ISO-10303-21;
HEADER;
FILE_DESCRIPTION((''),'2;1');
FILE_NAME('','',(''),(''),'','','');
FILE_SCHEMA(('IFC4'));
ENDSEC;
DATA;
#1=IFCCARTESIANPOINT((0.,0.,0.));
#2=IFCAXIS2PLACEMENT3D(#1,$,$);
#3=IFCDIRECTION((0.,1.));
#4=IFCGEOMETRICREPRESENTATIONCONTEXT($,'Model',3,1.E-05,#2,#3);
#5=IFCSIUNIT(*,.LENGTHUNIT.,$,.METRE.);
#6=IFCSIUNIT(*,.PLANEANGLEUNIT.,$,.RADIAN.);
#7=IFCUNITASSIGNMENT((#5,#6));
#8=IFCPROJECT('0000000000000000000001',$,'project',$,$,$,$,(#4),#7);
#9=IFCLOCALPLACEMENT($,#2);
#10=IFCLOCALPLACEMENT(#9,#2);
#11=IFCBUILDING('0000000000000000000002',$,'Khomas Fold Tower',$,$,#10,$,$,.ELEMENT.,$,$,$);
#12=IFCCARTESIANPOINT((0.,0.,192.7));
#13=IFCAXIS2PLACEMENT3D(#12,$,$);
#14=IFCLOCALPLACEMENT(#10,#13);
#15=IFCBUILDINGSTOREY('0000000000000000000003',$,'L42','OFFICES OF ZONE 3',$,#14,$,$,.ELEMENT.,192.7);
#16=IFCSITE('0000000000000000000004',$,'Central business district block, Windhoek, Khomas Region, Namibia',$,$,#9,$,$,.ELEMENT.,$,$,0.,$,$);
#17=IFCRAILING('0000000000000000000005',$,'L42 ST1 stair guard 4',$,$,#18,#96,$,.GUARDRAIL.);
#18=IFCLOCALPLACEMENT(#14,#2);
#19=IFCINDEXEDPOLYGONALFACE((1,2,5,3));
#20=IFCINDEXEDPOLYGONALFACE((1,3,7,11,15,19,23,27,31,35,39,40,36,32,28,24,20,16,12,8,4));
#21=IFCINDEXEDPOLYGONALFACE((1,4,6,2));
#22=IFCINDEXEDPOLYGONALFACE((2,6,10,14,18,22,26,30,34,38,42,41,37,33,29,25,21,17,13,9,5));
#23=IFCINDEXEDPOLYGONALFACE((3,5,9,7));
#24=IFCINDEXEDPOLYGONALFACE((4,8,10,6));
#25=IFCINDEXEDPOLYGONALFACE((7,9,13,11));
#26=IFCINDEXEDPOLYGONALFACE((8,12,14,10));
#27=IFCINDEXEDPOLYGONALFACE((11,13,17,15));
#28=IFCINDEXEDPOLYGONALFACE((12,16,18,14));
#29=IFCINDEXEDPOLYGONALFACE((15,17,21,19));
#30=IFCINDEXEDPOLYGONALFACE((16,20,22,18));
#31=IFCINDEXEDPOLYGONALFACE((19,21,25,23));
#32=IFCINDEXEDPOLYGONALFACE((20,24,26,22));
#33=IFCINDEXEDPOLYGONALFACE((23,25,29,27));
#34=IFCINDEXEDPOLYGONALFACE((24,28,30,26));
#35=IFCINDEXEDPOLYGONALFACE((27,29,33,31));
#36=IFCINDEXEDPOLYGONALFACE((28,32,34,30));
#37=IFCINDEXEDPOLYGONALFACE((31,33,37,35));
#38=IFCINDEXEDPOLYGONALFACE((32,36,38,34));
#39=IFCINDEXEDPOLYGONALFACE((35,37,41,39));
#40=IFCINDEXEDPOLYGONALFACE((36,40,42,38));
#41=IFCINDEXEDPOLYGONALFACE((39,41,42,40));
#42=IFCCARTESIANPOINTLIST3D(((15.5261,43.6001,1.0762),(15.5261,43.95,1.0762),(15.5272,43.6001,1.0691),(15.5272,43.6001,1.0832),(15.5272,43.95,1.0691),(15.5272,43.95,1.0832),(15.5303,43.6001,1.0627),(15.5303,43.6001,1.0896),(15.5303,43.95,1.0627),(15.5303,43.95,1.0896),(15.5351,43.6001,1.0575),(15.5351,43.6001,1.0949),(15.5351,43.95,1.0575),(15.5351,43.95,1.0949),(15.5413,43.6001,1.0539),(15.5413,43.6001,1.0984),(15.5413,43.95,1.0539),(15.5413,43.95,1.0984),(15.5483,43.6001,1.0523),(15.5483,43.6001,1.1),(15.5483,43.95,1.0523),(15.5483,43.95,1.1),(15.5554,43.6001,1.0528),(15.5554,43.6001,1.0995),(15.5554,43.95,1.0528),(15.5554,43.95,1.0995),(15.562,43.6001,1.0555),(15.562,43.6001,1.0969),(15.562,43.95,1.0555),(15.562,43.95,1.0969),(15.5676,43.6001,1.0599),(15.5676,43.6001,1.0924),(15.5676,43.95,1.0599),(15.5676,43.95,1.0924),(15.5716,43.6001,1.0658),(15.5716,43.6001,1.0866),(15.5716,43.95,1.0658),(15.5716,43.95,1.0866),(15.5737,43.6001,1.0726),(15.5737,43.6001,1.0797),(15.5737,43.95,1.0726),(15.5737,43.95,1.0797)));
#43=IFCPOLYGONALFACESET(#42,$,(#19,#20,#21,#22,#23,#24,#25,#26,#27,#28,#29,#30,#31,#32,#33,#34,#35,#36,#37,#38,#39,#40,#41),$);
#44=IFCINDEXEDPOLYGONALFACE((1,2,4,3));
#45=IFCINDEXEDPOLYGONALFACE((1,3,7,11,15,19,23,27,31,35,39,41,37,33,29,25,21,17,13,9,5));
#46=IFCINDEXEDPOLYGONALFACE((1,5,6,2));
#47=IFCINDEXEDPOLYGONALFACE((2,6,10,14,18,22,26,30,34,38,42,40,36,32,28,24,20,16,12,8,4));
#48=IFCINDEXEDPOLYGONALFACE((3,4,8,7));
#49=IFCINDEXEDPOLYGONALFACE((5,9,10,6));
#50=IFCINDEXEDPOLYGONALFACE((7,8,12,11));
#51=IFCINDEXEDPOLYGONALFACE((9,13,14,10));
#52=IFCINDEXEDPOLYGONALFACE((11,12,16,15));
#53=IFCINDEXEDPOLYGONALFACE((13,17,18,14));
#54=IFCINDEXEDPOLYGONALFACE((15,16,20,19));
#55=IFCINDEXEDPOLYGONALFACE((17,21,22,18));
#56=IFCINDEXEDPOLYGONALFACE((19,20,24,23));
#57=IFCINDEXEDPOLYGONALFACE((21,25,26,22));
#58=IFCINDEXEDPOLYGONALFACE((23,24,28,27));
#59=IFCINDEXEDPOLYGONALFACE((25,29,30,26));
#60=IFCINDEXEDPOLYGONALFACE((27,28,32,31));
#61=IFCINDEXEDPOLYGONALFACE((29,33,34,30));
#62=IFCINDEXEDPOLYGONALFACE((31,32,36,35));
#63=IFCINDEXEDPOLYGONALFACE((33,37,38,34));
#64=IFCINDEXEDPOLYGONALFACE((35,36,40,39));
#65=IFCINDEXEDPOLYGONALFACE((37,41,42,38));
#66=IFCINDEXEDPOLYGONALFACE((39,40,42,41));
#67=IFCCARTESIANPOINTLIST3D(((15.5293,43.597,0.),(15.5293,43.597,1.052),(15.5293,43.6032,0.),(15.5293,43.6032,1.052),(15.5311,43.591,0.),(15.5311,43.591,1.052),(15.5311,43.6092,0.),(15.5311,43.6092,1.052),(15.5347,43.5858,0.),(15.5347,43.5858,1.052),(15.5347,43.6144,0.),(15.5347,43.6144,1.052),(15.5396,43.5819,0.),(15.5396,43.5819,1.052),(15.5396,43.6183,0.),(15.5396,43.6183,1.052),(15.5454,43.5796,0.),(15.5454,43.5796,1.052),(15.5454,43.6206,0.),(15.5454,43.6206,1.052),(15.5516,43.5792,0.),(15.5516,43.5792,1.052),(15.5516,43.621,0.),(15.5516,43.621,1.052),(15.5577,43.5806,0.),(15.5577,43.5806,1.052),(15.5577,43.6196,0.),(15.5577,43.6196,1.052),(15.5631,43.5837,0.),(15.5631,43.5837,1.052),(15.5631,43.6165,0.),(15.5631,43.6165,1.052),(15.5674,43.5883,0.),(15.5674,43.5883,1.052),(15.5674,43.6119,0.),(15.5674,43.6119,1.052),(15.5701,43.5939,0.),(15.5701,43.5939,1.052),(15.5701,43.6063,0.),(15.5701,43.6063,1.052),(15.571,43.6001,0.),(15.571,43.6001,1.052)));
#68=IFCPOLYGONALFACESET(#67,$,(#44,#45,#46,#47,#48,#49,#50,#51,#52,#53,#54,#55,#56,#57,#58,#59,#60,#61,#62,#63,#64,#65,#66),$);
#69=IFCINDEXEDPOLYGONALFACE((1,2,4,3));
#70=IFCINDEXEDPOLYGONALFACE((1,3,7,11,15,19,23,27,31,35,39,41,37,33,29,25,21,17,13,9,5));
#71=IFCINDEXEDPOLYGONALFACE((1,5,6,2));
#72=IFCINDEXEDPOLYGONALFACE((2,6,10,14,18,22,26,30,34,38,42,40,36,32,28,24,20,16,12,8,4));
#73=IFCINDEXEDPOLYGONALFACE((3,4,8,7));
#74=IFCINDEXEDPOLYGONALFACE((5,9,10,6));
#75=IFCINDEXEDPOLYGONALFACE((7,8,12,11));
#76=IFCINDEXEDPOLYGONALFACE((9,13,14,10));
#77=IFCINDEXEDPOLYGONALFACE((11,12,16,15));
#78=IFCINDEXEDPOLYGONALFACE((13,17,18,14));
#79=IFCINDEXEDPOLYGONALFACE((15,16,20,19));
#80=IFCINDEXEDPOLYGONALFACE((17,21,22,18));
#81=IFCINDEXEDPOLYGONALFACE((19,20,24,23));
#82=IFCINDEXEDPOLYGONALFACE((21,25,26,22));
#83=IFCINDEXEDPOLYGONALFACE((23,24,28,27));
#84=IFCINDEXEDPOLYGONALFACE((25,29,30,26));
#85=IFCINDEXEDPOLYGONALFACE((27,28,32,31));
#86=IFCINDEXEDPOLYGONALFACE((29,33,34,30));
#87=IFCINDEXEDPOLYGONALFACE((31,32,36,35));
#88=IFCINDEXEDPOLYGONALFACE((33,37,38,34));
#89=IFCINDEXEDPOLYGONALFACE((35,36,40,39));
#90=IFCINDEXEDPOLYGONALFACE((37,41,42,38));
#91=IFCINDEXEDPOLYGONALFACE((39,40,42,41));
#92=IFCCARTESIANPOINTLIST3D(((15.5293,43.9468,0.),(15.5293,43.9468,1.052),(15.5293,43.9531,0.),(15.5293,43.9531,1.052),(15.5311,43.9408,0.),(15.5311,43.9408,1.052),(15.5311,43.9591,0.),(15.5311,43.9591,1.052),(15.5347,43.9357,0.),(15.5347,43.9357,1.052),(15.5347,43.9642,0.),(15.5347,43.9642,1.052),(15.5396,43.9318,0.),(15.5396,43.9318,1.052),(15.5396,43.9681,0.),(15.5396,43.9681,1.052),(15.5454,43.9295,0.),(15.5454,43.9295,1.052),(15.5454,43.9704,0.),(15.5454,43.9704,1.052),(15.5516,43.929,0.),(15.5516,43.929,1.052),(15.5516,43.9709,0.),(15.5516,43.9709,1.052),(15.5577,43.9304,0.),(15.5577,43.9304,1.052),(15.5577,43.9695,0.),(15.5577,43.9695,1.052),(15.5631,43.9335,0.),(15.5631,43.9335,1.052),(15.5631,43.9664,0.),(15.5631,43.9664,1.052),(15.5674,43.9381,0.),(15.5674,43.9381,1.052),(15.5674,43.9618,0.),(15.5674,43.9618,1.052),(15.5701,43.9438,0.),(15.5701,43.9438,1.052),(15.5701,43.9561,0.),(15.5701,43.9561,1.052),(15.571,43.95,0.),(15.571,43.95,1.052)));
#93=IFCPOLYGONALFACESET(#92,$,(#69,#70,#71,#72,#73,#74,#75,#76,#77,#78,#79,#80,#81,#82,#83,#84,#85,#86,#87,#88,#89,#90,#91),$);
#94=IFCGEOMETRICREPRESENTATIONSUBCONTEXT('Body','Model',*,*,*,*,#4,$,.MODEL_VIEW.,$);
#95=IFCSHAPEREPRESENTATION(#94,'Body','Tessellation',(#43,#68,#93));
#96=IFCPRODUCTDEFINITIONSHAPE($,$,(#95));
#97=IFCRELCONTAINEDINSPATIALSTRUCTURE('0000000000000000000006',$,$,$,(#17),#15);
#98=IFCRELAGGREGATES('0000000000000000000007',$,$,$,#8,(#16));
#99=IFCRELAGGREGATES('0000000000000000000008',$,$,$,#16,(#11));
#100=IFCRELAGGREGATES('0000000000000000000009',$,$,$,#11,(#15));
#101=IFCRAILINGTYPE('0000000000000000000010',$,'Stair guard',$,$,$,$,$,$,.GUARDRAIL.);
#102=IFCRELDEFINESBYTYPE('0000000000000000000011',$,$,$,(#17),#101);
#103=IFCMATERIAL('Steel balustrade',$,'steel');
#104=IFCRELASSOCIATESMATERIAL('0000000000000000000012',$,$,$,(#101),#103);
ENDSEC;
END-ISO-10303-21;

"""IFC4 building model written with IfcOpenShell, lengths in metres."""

from ifc_helpers import new_model, si_unit, direction, frame, origin, origin_2d, place, context, subcontext, project, spatial, circle, extrude, source, transform, mapped, material, type_object, element, save


model = new_model("IFC4")

# Units and contexts
model_context = context("Model", 3, precision=1e-05, world=origin(), true_north=direction((0.0, 1.0)))
body_context = subcontext(model_context, "Body", "Model", "MODEL_VIEW")
ifc_project = project(units=[si_unit("LENGTHUNIT", "METRE"), si_unit("PLANEANGLEUNIT", "RADIAN")], contexts=[model_context])

# Site, building, storey
site_placement = place(None, origin())
site = spatial("IfcSite", under=ifc_project, at=site_placement, Name="Central business district block, Windhoek, Khomas Region, Namibia", CompositionType="ELEMENT", RefElevation=0.0)
building_placement = place(site_placement, origin())
building = spatial("IfcBuilding", under=site, at=building_placement, Name="Khomas Fold Tower", CompositionType="ELEMENT")
storey_placement = place(building_placement, frame((0.0, 0.0, 192.7)))
storey = spatial("IfcBuildingStorey", under=building, at=storey_placement, Name="L42", Description="OFFICES OF ZONE 3", CompositionType="ELEMENT", Elevation=192.7)

# Railing
ifc_material_1 = material(Name="Steel balustrade", Category="steel")
railing_type_1 = type_object("IfcRailingType", Name="Stair guard", PredefinedType="GUARDRAIL", material=ifc_material_1)
shared_shape_1 = source(origin(), body_context, "Body", "SweptSolid", [
    extrude(circle(Radius=0.0239, at=origin_2d()), frame((0.0, 0.0, 1.0762), z_axis=(0.0, 1.0, 0.0), x_axis=(-1.0, 0.0, 0.0)), (0.0, 0.0, 1.0), 0.3499),
    extrude(circle(Radius=0.021, at=origin_2d()), origin(), (0.0, 0.0, 1.0), 1.052),
    extrude(circle(Radius=0.021, at=origin_2d()), frame((0.0, 0.3499, 0.0)), (0.0, 0.0, 1.0), 1.052),
])
for number, where, name in (
    (1, (15.55, 43.6001, 0.0), "L42 ST1 stair guard 4"),
):
    element("IfcRailing", number, at=place(storey_placement, frame(where)), inside=storey, type_object=railing_type_1, Name=name, PredefinedType="GUARDRAIL", context=body_context, shape_type="MappedRepresentation", body=[
        mapped(shared_shape_1, transform((0.0, 0.0, 0.0))),
    ])

save(model, "model.ifc")
